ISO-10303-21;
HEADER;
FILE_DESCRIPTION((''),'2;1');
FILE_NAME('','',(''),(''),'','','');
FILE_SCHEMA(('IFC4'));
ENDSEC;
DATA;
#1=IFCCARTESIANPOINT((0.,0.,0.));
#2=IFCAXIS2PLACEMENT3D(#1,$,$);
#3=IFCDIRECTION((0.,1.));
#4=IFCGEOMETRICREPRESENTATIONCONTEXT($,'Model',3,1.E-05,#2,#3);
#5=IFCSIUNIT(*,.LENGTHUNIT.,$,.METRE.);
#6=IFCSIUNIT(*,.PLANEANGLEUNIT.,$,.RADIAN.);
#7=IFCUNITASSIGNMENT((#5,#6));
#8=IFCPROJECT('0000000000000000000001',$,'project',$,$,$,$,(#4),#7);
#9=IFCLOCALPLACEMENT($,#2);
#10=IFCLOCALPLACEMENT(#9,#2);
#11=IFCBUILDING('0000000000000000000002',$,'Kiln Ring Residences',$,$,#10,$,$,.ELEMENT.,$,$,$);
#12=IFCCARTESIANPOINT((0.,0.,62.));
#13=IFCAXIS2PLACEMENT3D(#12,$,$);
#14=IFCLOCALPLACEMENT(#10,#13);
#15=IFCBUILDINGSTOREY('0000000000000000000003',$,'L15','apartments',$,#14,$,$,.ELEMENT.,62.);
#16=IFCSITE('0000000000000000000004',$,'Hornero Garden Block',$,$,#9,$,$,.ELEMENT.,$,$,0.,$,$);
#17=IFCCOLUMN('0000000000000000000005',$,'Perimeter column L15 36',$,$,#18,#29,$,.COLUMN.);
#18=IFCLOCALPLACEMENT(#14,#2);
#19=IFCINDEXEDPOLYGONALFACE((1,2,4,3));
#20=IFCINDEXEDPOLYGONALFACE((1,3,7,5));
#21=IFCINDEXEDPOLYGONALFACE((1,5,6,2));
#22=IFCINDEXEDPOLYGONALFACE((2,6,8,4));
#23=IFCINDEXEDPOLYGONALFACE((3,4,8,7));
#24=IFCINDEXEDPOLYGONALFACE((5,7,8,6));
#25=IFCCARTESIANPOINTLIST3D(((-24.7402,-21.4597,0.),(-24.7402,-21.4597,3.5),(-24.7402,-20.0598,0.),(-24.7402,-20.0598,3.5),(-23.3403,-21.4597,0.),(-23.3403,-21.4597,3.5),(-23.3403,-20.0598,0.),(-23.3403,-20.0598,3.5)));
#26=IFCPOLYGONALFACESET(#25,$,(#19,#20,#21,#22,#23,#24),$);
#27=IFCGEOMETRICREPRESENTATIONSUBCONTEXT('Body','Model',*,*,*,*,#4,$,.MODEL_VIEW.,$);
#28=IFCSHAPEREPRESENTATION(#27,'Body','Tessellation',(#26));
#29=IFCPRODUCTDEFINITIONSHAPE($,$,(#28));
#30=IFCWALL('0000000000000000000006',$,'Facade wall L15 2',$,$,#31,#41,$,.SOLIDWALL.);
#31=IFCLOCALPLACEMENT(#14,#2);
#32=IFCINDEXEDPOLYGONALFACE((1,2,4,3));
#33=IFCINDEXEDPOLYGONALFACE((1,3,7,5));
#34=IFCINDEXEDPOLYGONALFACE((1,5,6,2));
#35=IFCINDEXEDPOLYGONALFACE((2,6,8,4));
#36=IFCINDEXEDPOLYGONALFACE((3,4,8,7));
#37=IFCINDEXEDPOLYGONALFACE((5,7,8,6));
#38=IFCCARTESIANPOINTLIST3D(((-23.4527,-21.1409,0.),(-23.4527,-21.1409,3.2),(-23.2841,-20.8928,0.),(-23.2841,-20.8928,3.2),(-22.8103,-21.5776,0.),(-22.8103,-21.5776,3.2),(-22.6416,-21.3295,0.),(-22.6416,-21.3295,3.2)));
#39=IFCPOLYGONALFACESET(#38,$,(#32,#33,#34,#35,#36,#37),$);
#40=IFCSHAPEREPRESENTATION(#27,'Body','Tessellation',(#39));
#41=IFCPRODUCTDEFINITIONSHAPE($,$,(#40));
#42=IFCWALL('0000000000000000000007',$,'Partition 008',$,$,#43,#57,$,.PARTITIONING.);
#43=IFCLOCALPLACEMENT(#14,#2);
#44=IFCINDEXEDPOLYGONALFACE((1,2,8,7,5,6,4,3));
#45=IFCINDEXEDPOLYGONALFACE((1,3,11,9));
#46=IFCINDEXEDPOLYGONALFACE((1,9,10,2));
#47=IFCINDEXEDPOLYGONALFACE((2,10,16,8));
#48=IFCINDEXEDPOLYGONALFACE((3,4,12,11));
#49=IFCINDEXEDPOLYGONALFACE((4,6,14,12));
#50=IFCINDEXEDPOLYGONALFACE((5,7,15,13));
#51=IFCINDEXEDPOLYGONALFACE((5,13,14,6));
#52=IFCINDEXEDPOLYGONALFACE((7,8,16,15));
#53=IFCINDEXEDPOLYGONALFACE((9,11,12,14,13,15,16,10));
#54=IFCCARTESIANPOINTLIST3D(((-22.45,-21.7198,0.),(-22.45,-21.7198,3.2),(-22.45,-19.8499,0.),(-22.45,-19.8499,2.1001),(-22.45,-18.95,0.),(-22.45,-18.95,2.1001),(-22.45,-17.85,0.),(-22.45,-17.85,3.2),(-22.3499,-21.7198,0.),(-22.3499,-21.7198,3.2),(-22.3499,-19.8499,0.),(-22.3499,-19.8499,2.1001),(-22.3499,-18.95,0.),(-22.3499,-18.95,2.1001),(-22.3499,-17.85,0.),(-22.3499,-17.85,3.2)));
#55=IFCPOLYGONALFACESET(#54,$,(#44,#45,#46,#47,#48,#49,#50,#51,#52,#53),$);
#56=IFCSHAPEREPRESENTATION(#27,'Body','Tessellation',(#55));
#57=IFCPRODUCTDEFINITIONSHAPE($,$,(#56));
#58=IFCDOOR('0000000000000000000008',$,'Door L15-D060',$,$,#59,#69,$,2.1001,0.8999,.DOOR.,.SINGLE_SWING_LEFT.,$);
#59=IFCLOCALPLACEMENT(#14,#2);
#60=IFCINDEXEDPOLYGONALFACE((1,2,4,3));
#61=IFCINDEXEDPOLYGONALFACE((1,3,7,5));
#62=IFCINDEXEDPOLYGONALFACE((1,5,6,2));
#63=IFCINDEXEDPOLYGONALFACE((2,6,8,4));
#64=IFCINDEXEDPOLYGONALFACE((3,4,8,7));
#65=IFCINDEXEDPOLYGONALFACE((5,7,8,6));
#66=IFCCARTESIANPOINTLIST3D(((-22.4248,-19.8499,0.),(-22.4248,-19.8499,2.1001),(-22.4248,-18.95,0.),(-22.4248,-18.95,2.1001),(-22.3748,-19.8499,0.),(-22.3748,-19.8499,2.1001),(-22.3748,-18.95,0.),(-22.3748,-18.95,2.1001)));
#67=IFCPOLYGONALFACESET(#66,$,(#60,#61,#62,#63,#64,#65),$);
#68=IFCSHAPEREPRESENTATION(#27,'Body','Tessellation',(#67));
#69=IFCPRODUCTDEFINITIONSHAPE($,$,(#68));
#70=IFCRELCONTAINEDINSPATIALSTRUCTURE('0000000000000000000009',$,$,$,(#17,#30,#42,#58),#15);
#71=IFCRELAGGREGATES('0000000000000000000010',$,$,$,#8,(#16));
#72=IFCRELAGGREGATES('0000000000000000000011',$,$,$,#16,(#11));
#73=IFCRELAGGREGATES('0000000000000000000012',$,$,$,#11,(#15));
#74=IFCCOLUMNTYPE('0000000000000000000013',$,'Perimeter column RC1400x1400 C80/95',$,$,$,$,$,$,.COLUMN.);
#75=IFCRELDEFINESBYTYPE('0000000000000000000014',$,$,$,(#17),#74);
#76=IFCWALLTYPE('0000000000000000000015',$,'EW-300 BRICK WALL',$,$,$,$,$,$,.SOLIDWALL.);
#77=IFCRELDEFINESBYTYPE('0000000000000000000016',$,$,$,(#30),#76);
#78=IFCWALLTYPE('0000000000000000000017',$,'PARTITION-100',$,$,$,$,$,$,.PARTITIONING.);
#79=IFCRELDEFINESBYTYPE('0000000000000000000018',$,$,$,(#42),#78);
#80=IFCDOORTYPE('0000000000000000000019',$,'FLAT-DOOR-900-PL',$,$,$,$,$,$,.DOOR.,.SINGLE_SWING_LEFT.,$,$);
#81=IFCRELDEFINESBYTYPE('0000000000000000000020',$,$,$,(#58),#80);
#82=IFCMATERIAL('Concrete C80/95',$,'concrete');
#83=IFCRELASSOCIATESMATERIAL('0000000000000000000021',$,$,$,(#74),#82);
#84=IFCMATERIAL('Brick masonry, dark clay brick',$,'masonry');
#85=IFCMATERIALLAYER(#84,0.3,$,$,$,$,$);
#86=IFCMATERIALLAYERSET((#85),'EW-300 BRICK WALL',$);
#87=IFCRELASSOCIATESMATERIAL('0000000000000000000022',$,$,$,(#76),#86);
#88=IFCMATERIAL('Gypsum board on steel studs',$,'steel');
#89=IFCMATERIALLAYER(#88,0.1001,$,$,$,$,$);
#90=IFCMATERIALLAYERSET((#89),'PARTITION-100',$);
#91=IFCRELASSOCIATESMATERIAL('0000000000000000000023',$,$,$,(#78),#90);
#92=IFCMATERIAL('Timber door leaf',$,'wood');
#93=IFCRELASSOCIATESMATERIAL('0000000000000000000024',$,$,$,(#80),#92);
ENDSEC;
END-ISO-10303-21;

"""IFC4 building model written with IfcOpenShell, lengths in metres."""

from ifc_helpers import new_model, si_unit, direction, frame, frame_2d, origin, origin_2d, place, context, subcontext, project, spatial, rectangle, extrude, material, layer, layer_set, material_profile, profile_set, type_object, element, fill, save


model = new_model("IFC4")

# Units and contexts
model_context = context("Model", 3, precision=1e-05, world=origin(), true_north=direction((0.0, 1.0)))
body_context = subcontext(model_context, "Body", "Model", "MODEL_VIEW")
ifc_project = project(units=[si_unit("LENGTHUNIT", "METRE"), si_unit("PLANEANGLEUNIT", "RADIAN")], contexts=[model_context])

# Site, building, storey
site_placement = place(None, origin())
site = spatial("IfcSite", under=ifc_project, at=site_placement, Name="Hornero Garden Block", CompositionType="ELEMENT", RefElevation=0.0)
building_placement = place(site_placement, origin())
building = spatial("IfcBuilding", under=site, at=building_placement, Name="Kiln Ring Residences", CompositionType="ELEMENT")
storey_placement = place(building_placement, frame((0.0, 0.0, 62.0)))
storey = spatial("IfcBuildingStorey", under=building, at=storey_placement, Name="L15", Description="apartments", CompositionType="ELEMENT", Elevation=62.0)

# Column
ifc_material_1 = material(Name="Concrete C80/95", Category="concrete")
ifc_material_profile = material_profile(ifc_material_1, rectangle(XDim=1.3999, YDim=1.3999, at=origin_2d()), Name="RC1400x1400")
ifc_profile_set = profile_set([ifc_material_profile], Name="Concrete C80/95")
column_type = type_object("IfcColumnType", Name="Perimeter column RC1400x1400 C80/95", PredefinedType="COLUMN", material=ifc_profile_set)
column_placement = place(storey_placement, frame((-24.0403, -20.7598, 0.0), z_axis=(0.0, 0.0, 1.0), x_axis=(1.0, 0.0, 0.0)))
element("IfcColumn", 1, at=column_placement, inside=storey, type_object=column_type, Name="Perimeter column L15 36", PredefinedType="COLUMN", context=body_context, shape_type="SweptSolid", body=[
    extrude(rectangle(XDim=1.3999, YDim=1.3999, at=origin_2d()), origin(), (0.0, 0.0, 1.0), 3.5),
])

# Wall
ifc_material_2 = material(Name="Brick masonry, dark clay brick", Category="masonry")
ifc_layer_1 = layer(ifc_material_2, 0.3)
ifc_layer_set_1 = layer_set([ifc_layer_1], Name="EW-300 BRICK WALL")
wall_type_1 = type_object("IfcWallType", Name="EW-300 BRICK WALL", PredefinedType="SOLIDWALL", material=ifc_layer_set_1)
wall_1_placement = place(storey_placement, frame((-23.3684, -21.0168, 0.0), z_axis=(0.0, 0.0, 1.0), x_axis=(0.827038, -0.562147, 0.0)))
element("IfcWall", 2, at=wall_1_placement, inside=storey, type_object=wall_type_1, Name="Facade wall L15 2", PredefinedType="SOLIDWALL", context=body_context, shape_type="SweptSolid", body=[
    extrude(rectangle(XDim=0.7769, YDim=0.3, at=frame_2d((0.3884, 0.0))), origin(), (0.0, 0.0, 1.0), 3.2),
])

# Wall, opening, door
ifc_material_3 = material(Name="Gypsum board on steel studs", Category="steel")
ifc_layer_2 = layer(ifc_material_3, 0.1001)
ifc_layer_set_2 = layer_set([ifc_layer_2], Name="PARTITION-100")
wall_type_2 = type_object("IfcWallType", Name="PARTITION-100", PredefinedType="PARTITIONING", material=ifc_layer_set_2)
wall_2_placement = place(storey_placement, frame((-22.3999, -21.72, 0.0), z_axis=(0.0, 0.0, 1.0), x_axis=(0.0, 1.0, 0.0)))
wall_2 = element("IfcWall", 3, at=wall_2_placement, inside=storey, type_object=wall_type_2, Name="Partition 008", PredefinedType="PARTITIONING", context=body_context, shape_type="SweptSolid", body=[
    extrude(rectangle(XDim=3.8699, YDim=0.1001, at=frame_2d((1.9351, 0.0))), origin(), (0.0, 0.0, 1.0), 3.2),
])
opening_placement = place(wall_2_placement, frame((1.8701, 0.0, 0.0)))
opening = element("IfcOpeningElement", 4, at=opening_placement, cuts=wall_2, PredefinedType="OPENING", context=body_context, shape_type="SweptSolid", body=[
    extrude(rectangle(XDim=0.8999, YDim=2.1001, at=frame_2d((0.45, 1.05))), frame((0.0, 0.0601, 0.0), z_axis=(0.0, -1.0, 0.0), x_axis=(1.0, 0.0, 0.0)), (0.0, 0.0, 1.0), 0.1201),
])
ifc_material_4 = material(Name="Timber door leaf", Category="wood")
door_type = type_object("IfcDoorType", Name="FLAT-DOOR-900-PL", OperationType="SINGLE_SWING_LEFT", PredefinedType="DOOR", material=ifc_material_4)
door_placement = place(opening_placement, origin())
door = element("IfcDoor", 5, at=door_placement, inside=storey, type_object=door_type, Name="Door L15-D060", OperationType="SINGLE_SWING_LEFT", OverallHeight=2.1001, OverallWidth=0.8999, PredefinedType="DOOR", context=body_context, shape_type="SweptSolid", body=[
    extrude(rectangle(XDim=0.8999, YDim=2.1001, at=frame_2d((0.45, 1.05))), frame((0.0, 0.0249, 0.0), z_axis=(0.0, -1.0, 0.0), x_axis=(1.0, 0.0, 0.0)), (0.0, 0.0, 1.0), 0.05),
])
fill(opening, door)

save(model, "model.ifc")
